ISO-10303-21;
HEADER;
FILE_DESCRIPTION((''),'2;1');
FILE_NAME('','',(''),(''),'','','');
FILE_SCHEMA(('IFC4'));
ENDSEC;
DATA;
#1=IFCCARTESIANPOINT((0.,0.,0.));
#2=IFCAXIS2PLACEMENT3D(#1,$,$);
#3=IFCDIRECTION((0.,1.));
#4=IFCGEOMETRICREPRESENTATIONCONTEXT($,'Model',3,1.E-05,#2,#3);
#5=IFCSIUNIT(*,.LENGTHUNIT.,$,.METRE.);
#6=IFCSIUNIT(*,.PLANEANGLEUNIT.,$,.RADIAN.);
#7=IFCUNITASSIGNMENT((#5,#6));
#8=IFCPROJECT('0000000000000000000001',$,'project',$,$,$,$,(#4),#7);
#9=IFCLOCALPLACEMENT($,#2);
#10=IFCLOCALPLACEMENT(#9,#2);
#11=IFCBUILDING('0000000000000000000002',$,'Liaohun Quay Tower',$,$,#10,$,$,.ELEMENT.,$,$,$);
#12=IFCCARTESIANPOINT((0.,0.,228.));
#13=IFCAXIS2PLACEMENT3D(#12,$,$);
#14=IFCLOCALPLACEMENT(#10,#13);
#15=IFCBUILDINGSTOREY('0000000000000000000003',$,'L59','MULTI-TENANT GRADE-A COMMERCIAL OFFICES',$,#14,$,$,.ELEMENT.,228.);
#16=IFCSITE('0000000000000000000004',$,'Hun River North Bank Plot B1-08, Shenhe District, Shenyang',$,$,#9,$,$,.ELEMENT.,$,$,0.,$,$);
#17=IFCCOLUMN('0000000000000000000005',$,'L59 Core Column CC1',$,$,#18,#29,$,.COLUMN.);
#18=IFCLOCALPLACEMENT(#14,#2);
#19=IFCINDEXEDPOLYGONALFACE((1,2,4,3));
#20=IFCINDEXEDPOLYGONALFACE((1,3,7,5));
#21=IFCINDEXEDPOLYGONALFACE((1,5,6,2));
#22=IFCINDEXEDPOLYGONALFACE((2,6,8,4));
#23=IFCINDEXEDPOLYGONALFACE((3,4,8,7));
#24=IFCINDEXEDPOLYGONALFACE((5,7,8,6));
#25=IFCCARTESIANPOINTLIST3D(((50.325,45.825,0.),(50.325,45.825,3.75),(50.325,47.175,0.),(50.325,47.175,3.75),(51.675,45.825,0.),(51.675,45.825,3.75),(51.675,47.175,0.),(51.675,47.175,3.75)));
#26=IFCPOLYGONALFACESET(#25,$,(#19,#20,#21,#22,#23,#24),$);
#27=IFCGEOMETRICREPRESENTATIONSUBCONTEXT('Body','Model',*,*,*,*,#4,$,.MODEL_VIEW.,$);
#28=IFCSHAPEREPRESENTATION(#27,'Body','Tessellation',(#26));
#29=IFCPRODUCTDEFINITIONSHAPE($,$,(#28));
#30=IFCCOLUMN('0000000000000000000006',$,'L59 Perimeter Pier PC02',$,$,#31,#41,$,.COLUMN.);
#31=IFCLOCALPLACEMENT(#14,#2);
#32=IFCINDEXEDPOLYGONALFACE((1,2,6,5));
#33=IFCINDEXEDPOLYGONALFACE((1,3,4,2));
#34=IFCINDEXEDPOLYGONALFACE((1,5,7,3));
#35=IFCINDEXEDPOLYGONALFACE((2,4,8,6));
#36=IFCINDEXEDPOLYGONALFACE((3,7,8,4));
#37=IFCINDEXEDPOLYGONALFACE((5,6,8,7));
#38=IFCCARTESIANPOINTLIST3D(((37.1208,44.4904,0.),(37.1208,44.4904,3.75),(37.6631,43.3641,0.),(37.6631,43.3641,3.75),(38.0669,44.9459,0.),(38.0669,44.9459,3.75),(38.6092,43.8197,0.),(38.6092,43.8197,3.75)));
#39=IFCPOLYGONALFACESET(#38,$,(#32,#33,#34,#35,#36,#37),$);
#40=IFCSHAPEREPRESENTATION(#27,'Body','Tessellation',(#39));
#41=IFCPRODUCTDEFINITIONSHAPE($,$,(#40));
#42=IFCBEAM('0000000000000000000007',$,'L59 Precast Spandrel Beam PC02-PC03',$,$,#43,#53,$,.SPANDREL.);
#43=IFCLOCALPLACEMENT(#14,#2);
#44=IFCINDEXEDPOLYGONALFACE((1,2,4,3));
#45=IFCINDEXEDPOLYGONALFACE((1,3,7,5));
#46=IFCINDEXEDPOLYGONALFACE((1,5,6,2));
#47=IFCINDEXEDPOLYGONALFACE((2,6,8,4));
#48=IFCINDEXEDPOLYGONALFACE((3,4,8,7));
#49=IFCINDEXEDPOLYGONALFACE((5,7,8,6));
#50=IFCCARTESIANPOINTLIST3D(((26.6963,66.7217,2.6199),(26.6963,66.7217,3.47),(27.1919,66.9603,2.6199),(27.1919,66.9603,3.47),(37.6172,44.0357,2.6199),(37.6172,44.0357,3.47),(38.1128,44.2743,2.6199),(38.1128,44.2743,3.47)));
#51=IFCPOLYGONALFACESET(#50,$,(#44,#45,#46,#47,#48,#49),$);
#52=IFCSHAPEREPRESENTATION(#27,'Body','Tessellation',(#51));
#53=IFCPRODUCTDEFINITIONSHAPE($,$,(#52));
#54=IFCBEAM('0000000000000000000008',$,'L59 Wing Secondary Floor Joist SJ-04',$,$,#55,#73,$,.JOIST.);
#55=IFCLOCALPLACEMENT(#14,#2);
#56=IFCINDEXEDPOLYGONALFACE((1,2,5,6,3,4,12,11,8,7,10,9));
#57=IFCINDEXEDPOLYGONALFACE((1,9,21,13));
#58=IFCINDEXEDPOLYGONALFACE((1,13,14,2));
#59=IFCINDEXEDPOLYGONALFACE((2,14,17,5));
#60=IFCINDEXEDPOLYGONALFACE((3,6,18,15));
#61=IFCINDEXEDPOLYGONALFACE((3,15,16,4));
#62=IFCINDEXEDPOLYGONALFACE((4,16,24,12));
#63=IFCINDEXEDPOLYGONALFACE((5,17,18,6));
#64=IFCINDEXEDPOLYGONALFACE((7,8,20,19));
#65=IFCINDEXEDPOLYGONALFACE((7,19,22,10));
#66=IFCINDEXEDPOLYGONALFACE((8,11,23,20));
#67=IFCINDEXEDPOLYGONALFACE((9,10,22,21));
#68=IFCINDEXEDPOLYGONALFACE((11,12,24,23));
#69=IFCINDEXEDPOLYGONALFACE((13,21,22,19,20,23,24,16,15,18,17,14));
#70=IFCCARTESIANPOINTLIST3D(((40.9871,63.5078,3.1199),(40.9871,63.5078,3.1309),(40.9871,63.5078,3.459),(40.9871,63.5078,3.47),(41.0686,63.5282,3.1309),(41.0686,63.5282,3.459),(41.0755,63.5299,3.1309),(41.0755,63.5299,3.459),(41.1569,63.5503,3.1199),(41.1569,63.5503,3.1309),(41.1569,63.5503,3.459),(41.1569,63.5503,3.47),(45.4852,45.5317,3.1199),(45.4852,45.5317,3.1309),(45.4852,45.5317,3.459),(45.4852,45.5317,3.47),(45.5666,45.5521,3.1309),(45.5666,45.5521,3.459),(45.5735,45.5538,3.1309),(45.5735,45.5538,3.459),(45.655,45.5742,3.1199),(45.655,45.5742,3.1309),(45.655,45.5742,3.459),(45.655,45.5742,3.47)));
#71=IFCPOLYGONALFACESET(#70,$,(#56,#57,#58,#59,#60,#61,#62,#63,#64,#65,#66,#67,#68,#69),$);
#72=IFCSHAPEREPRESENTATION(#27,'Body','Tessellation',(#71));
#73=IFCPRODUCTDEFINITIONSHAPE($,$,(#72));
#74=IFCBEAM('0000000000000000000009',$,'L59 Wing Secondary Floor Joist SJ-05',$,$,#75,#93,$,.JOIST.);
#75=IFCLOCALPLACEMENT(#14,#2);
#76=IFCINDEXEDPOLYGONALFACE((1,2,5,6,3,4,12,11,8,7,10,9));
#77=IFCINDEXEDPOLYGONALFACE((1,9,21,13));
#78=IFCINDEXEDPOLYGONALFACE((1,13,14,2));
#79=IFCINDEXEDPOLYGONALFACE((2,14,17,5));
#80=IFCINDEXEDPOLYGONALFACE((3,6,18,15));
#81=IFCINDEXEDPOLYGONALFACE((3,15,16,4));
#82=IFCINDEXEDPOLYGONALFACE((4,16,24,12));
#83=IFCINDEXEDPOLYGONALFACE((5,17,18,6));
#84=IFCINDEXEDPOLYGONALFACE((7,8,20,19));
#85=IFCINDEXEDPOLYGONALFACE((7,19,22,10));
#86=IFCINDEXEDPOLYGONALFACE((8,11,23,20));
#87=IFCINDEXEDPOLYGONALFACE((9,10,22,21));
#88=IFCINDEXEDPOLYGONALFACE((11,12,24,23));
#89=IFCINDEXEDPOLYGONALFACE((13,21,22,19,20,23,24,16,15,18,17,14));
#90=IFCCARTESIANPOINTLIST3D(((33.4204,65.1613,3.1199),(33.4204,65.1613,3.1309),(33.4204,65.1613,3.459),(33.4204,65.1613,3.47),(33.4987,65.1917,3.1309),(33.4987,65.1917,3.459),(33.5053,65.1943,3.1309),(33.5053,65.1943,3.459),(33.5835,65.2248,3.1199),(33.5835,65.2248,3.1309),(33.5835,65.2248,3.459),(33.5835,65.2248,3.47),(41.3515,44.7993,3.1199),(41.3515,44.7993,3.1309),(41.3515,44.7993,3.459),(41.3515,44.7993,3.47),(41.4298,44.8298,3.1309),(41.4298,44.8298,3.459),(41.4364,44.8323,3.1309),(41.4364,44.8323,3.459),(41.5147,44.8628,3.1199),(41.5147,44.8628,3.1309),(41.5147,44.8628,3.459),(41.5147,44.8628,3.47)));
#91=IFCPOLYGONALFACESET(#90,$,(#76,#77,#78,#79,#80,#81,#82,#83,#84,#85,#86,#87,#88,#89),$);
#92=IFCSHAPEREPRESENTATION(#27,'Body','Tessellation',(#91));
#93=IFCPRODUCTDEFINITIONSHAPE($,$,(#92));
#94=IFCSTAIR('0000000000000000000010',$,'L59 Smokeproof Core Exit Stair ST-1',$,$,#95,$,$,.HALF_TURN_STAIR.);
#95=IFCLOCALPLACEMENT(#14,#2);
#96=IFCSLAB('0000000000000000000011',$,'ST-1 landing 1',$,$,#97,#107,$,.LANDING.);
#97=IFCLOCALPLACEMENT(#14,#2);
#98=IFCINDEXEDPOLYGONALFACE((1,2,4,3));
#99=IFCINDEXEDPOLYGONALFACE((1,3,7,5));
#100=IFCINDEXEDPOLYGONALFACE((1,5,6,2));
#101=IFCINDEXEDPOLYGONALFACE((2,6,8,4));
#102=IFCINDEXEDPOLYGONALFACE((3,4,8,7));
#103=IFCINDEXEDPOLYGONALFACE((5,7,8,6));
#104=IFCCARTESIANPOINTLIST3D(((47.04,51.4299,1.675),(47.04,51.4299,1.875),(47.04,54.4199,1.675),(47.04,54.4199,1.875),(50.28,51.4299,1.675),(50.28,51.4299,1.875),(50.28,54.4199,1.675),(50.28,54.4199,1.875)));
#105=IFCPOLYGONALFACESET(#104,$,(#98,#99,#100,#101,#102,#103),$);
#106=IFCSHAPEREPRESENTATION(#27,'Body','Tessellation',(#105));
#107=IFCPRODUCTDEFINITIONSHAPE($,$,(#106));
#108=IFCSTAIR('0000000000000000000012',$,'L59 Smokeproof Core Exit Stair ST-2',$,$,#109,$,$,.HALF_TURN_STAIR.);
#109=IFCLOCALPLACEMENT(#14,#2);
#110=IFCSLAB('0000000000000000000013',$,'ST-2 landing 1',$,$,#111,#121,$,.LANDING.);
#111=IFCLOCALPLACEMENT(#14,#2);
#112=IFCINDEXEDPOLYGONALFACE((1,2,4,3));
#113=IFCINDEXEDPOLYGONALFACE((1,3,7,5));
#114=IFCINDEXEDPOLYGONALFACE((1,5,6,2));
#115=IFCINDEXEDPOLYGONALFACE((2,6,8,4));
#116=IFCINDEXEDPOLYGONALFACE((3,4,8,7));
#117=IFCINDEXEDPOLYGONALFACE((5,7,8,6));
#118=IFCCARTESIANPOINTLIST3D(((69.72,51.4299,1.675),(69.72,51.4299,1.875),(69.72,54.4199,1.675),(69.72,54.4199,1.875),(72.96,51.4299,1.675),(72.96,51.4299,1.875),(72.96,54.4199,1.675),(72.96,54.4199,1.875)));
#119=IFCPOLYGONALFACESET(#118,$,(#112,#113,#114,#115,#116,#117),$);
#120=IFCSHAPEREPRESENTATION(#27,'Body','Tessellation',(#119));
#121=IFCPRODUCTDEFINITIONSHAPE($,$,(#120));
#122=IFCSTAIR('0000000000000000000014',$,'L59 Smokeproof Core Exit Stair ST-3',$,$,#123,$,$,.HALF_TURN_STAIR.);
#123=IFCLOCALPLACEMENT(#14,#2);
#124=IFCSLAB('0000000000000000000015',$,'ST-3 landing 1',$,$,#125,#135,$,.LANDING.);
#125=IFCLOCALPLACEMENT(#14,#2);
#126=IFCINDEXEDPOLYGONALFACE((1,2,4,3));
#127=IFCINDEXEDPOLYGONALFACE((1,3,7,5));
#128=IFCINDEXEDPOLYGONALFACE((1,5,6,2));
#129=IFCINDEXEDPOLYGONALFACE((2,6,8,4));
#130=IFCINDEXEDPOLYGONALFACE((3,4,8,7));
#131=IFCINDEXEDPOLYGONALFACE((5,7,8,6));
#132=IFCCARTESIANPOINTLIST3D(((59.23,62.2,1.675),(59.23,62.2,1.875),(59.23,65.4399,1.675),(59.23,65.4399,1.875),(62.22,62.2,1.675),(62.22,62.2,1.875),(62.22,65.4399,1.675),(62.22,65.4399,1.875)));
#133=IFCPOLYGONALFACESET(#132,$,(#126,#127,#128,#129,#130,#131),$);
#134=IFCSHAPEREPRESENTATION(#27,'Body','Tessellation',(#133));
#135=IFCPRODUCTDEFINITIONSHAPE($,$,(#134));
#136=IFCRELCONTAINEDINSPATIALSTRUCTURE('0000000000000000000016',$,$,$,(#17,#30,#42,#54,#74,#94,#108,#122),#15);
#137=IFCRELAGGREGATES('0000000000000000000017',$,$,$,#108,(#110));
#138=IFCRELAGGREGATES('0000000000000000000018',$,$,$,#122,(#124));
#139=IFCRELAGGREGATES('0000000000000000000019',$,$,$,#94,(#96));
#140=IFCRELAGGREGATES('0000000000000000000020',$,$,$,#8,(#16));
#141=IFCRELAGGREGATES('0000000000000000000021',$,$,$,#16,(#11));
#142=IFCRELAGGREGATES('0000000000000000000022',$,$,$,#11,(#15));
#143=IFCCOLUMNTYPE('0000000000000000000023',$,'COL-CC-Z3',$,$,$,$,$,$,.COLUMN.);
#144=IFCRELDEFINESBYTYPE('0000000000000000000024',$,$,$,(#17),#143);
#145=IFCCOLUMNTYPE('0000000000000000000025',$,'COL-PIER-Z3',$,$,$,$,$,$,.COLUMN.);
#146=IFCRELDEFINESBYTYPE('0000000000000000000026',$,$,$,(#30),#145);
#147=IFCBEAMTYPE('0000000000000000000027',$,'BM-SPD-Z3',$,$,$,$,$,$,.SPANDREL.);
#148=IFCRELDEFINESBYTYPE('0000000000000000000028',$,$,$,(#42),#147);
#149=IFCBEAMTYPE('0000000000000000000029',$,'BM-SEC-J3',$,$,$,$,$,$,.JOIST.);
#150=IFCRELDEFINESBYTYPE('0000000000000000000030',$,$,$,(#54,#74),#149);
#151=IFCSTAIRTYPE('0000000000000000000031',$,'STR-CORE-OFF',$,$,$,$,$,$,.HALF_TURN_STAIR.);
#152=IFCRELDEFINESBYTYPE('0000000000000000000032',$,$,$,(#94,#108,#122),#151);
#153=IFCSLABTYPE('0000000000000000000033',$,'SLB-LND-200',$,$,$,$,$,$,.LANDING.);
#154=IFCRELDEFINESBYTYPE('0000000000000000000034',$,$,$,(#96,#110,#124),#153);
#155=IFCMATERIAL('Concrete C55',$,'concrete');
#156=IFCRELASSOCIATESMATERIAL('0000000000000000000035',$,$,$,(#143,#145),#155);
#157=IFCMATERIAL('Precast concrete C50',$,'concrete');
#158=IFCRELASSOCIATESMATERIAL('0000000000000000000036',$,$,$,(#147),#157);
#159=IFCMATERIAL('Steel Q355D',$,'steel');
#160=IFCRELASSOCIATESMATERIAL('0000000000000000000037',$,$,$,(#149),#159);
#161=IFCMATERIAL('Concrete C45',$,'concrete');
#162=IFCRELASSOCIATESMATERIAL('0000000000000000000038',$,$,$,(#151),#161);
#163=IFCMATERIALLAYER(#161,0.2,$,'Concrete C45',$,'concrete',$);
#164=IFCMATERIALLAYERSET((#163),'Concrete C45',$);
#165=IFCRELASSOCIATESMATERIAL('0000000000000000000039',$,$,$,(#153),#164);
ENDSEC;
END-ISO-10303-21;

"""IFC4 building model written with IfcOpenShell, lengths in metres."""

from ifc_helpers import new_model, si_unit, direction, frame, origin, origin_2d, place, context, subcontext, project, spatial, polyline, rectangle, i_section, outline, extrude, source, transform, mapped, material, layer, layer_set, material_profile, profile_set, type_object, element, aggregate, save


model = new_model("IFC4")

# Units and contexts
model_context = context("Model", 3, precision=1e-05, world=origin(), true_north=direction((0.0, 1.0)))
body_context = subcontext(model_context, "Body", "Model", "MODEL_VIEW")
ifc_project = project(units=[si_unit("LENGTHUNIT", "METRE"), si_unit("PLANEANGLEUNIT", "RADIAN")], contexts=[model_context])

# Site, building, storey
site_placement = place(None, origin())
site = spatial("IfcSite", under=ifc_project, at=site_placement, Name="Hun River North Bank Plot B1-08, Shenhe District, Shenyang", CompositionType="ELEMENT", RefElevation=0.0)
building_placement = place(site_placement, origin())
building = spatial("IfcBuilding", under=site, at=building_placement, Name="Liaohun Quay Tower", CompositionType="ELEMENT")
storey_placement = place(building_placement, frame((0.0, 0.0, 228.0)))
storey = spatial("IfcBuildingStorey", under=building, at=storey_placement, Name="L59", Description="MULTI-TENANT GRADE-A COMMERCIAL OFFICES", CompositionType="ELEMENT", Elevation=228.0)

# Columns
ifc_material_1 = material(Name="Concrete C55", Category="concrete")
ifc_material_profile_1 = material_profile(ifc_material_1, rectangle(XDim=1.3501, YDim=1.3501, at=origin_2d()), Name="RC1350x1350")
ifc_profile_set_1 = profile_set([ifc_material_profile_1], Name="Concrete C55")
column_type_1 = type_object("IfcColumnType", Name="COL-CC-Z3", PredefinedType="COLUMN", material=ifc_profile_set_1)
shared_shape_1 = source(origin(), body_context, "Body", "SweptSolid", [
    extrude(rectangle(XDim=1.3501, YDim=1.3501, at=origin_2d()), origin(), (0.0, 0.0, 1.0), 3.75),
])
column_1_placement = place(storey_placement, frame((51.0, 46.5, 0.0), z_axis=(0.0, 0.0, 1.0), x_axis=(1.0, 0.0, 0.0)))
element("IfcColumn", 1, at=column_1_placement, inside=storey, type_object=column_type_1, Name="L59 Core Column CC1", PredefinedType="COLUMN", context=body_context, shape_type="MappedRepresentation", body=[
    mapped(shared_shape_1, transform((0.0, 0.0, 0.0), x_axis=(1.0, 0.0, 0.0), y_axis=(0.0, 1.0, 0.0), z_axis=(0.0, 0.0, 1.0), scale=1.0)),
])
ifc_material_profile_2 = material_profile(ifc_material_1, rectangle(XDim=1.25, YDim=1.05, at=origin_2d()), Name="RC1250x1050")
ifc_profile_set_2 = profile_set([ifc_material_profile_2], Name="Concrete C55")
column_type_2 = type_object("IfcColumnType", Name="COL-PIER-Z3", PredefinedType="COLUMN", material=ifc_profile_set_2)
shared_shape_2 = source(origin(), body_context, "Body", "SweptSolid", [
    extrude(rectangle(XDim=1.25, YDim=1.05, at=origin_2d()), origin(), (0.0, 0.0, 1.0), 3.75),
])
column_2_placement = place(storey_placement, frame((37.865, 44.155, 0.0), z_axis=(0.0, 0.0, 1.0), x_axis=(-0.433816, 0.901001, 0.0)))
element("IfcColumn", 2, at=column_2_placement, inside=storey, type_object=column_type_2, Name="L59 Perimeter Pier PC02", PredefinedType="COLUMN", context=body_context, shape_type="MappedRepresentation", body=[
    mapped(shared_shape_2, transform((0.0, 0.0, 0.0), x_axis=(1.0, 0.0, 0.0), y_axis=(0.0, 1.0, 0.0), z_axis=(0.0, 0.0, 1.0), scale=1.0)),
])

# Beams
ifc_material_2 = material(Name="Precast concrete C50", Category="concrete")
ifc_material_profile_3 = material_profile(ifc_material_2, rectangle(XDim=0.55, YDim=0.8501, at=origin_2d()), Name="RC550x850")
ifc_profile_set_3 = profile_set([ifc_material_profile_3], Name="Precast concrete C50")
beam_type_1 = type_object("IfcBeamType", Name="BM-SPD-Z3", PredefinedType="SPANDREL", material=ifc_profile_set_3)
shared_shape_3 = source(origin(), body_context, "Body", "SweptSolid", [
    extrude(rectangle(XDim=0.55, YDim=0.8501, at=origin_2d()), origin(), (0.0, 0.0, 1.0), 25.1777),
])
beam_1_placement = place(storey_placement, frame((37.865, 44.155, 3.0449), z_axis=(-0.433751, 0.901033, 0.0), x_axis=(-0.901033, -0.433751, 0.0)))
element("IfcBeam", 3, at=beam_1_placement, inside=storey, type_object=beam_type_1, Name="L59 Precast Spandrel Beam PC02-PC03", PredefinedType="SPANDREL", context=body_context, shape_type="MappedRepresentation", body=[
    mapped(shared_shape_3, transform((0.0, 0.0, 0.0), x_axis=(1.0, 0.0, 0.0), y_axis=(0.0, 1.0, 0.0), z_axis=(0.0, 0.0, 1.0), scale=1.0)),
])
ifc_material_3 = material(Name="Steel Q355D", Category="steel")
ifc_material_profile_4 = material_profile(ifc_material_3, i_section(OverallWidth=0.175, OverallDepth=0.3501, WebThickness=0.0071, FlangeThickness=0.011, at=origin_2d()), Name="HN350x175x7x11")
ifc_profile_set_4 = profile_set([ifc_material_profile_4], Name="Steel Q355D")
beam_type_2 = type_object("IfcBeamType", Name="BM-SEC-J3", PredefinedType="JOIST", material=ifc_profile_set_4)
shared_shape_4 = source(origin(), body_context, "Body", "SweptSolid", [
    extrude(i_section(OverallWidth=0.175, OverallDepth=0.3501, WebThickness=0.0071, FlangeThickness=0.011, at=origin_2d()), origin(), (0.0, 0.0, 1.0), 18.5303),
])
beam_2_placement = place(storey_placement, frame((45.5701, 45.553, 3.2949), z_axis=(-0.24274, 0.970091, 0.0), x_axis=(-0.970091, -0.24274, 0.0)))
element("IfcBeam", 4, at=beam_2_placement, inside=storey, type_object=beam_type_2, Name="L59 Wing Secondary Floor Joist SJ-04", PredefinedType="JOIST", context=body_context, shape_type="MappedRepresentation", body=[
    mapped(shared_shape_4, transform((0.0, 0.0, 0.0), x_axis=(1.0, 0.0, 0.0), y_axis=(0.0, 1.0, 0.0), z_axis=(0.0, 0.0, 1.0), scale=1.0)),
])
shared_shape_5 = source(origin(), body_context, "Body", "SweptSolid", [
    extrude(i_section(OverallWidth=0.175, OverallDepth=0.3501, WebThickness=0.0071, FlangeThickness=0.011, at=origin_2d()), origin(), (0.0, 0.0, 1.0), 21.8521),
])
beam_3_placement = place(storey_placement, frame((41.4331, 44.8311, 3.2949), z_axis=(-0.362946, 0.93181, 0.0), x_axis=(-0.93181, -0.362946, 0.0)))
element("IfcBeam", 5, at=beam_3_placement, inside=storey, type_object=beam_type_2, Name="L59 Wing Secondary Floor Joist SJ-05", PredefinedType="JOIST", context=body_context, shape_type="MappedRepresentation", body=[
    mapped(shared_shape_5, transform((0.0, 0.0, 0.0), x_axis=(1.0, 0.0, 0.0), y_axis=(0.0, 1.0, 0.0), z_axis=(0.0, 0.0, 1.0), scale=1.0)),
])

# Stairs, slabs
ifc_material_4 = material(Name="Concrete C45", Category="concrete")
stair_type = type_object("IfcStairType", Name="STR-CORE-OFF", PredefinedType="HALF_TURN_STAIR", material=ifc_material_4)
stair_1_placement = place(storey_placement, origin())
stair_1 = element("IfcStair", 6, at=stair_1_placement, inside=storey, type_object=stair_type, Name="L59 Smokeproof Core Exit Stair ST-1", PredefinedType="HALF_TURN_STAIR")
ifc_layer_1 = layer(ifc_material_4, 0.2, Name="Concrete C45", Category="concrete")
ifc_layer_set_1 = layer_set([ifc_layer_1], Name="Concrete C45")
slab_type_1 = type_object("IfcSlabType", Name="SLB-LND-200", PredefinedType="LANDING", material=ifc_layer_set_1)
slab_1_placement = place(storey_placement, frame((0.0, 0.0, 1.675)))
slab_1 = element("IfcSlab", 7, at=slab_1_placement, type_object=slab_type_1, Name="ST-1 landing 1", PredefinedType="LANDING", context=body_context, shape_type="SweptSolid", body=[
    extrude(outline(polyline([(50.28, 51.4299), (50.28, 54.4199), (47.04, 54.4199), (47.04, 51.4299), (50.28, 51.4299)])), origin(), (0.0, 0.0, 1.0), 0.2),
])
stair_2_placement = place(storey_placement, origin())
stair_2 = element("IfcStair", 8, at=stair_2_placement, inside=storey, type_object=stair_type, Name="L59 Smokeproof Core Exit Stair ST-2", PredefinedType="HALF_TURN_STAIR")
slab_2_placement = place(storey_placement, frame((0.0, 0.0, 1.675)))
slab_2 = element("IfcSlab", 9, at=slab_2_placement, type_object=slab_type_1, Name="ST-2 landing 1", PredefinedType="LANDING", context=body_context, shape_type="SweptSolid", body=[
    extrude(outline(polyline([(72.96, 51.4299), (72.96, 54.4199), (69.72, 54.4199), (69.72, 51.4299), (72.96, 51.4299)])), origin(), (0.0, 0.0, 1.0), 0.2),
])
aggregate(stair_2, [slab_2])
stair_3_placement = place(storey_placement, origin())
stair_3 = element("IfcStair", 10, at=stair_3_placement, inside=storey, type_object=stair_type, Name="L59 Smokeproof Core Exit Stair ST-3", PredefinedType="HALF_TURN_STAIR")
slab_3_placement = place(storey_placement, frame((0.0, 0.0, 1.675)))
slab_3 = element("IfcSlab", 11, at=slab_3_placement, type_object=slab_type_1, Name="ST-3 landing 1", PredefinedType="LANDING", context=body_context, shape_type="SweptSolid", body=[
    extrude(outline(polyline([(59.23, 62.2), (62.22, 62.2), (62.22, 65.4399), (59.23, 65.4399), (59.23, 62.2)])), origin(), (0.0, 0.0, 1.0), 0.2),
])
aggregate(stair_3, [slab_3])

aggregate(stair_1, [slab_1])

save(model, "model.ifc")
